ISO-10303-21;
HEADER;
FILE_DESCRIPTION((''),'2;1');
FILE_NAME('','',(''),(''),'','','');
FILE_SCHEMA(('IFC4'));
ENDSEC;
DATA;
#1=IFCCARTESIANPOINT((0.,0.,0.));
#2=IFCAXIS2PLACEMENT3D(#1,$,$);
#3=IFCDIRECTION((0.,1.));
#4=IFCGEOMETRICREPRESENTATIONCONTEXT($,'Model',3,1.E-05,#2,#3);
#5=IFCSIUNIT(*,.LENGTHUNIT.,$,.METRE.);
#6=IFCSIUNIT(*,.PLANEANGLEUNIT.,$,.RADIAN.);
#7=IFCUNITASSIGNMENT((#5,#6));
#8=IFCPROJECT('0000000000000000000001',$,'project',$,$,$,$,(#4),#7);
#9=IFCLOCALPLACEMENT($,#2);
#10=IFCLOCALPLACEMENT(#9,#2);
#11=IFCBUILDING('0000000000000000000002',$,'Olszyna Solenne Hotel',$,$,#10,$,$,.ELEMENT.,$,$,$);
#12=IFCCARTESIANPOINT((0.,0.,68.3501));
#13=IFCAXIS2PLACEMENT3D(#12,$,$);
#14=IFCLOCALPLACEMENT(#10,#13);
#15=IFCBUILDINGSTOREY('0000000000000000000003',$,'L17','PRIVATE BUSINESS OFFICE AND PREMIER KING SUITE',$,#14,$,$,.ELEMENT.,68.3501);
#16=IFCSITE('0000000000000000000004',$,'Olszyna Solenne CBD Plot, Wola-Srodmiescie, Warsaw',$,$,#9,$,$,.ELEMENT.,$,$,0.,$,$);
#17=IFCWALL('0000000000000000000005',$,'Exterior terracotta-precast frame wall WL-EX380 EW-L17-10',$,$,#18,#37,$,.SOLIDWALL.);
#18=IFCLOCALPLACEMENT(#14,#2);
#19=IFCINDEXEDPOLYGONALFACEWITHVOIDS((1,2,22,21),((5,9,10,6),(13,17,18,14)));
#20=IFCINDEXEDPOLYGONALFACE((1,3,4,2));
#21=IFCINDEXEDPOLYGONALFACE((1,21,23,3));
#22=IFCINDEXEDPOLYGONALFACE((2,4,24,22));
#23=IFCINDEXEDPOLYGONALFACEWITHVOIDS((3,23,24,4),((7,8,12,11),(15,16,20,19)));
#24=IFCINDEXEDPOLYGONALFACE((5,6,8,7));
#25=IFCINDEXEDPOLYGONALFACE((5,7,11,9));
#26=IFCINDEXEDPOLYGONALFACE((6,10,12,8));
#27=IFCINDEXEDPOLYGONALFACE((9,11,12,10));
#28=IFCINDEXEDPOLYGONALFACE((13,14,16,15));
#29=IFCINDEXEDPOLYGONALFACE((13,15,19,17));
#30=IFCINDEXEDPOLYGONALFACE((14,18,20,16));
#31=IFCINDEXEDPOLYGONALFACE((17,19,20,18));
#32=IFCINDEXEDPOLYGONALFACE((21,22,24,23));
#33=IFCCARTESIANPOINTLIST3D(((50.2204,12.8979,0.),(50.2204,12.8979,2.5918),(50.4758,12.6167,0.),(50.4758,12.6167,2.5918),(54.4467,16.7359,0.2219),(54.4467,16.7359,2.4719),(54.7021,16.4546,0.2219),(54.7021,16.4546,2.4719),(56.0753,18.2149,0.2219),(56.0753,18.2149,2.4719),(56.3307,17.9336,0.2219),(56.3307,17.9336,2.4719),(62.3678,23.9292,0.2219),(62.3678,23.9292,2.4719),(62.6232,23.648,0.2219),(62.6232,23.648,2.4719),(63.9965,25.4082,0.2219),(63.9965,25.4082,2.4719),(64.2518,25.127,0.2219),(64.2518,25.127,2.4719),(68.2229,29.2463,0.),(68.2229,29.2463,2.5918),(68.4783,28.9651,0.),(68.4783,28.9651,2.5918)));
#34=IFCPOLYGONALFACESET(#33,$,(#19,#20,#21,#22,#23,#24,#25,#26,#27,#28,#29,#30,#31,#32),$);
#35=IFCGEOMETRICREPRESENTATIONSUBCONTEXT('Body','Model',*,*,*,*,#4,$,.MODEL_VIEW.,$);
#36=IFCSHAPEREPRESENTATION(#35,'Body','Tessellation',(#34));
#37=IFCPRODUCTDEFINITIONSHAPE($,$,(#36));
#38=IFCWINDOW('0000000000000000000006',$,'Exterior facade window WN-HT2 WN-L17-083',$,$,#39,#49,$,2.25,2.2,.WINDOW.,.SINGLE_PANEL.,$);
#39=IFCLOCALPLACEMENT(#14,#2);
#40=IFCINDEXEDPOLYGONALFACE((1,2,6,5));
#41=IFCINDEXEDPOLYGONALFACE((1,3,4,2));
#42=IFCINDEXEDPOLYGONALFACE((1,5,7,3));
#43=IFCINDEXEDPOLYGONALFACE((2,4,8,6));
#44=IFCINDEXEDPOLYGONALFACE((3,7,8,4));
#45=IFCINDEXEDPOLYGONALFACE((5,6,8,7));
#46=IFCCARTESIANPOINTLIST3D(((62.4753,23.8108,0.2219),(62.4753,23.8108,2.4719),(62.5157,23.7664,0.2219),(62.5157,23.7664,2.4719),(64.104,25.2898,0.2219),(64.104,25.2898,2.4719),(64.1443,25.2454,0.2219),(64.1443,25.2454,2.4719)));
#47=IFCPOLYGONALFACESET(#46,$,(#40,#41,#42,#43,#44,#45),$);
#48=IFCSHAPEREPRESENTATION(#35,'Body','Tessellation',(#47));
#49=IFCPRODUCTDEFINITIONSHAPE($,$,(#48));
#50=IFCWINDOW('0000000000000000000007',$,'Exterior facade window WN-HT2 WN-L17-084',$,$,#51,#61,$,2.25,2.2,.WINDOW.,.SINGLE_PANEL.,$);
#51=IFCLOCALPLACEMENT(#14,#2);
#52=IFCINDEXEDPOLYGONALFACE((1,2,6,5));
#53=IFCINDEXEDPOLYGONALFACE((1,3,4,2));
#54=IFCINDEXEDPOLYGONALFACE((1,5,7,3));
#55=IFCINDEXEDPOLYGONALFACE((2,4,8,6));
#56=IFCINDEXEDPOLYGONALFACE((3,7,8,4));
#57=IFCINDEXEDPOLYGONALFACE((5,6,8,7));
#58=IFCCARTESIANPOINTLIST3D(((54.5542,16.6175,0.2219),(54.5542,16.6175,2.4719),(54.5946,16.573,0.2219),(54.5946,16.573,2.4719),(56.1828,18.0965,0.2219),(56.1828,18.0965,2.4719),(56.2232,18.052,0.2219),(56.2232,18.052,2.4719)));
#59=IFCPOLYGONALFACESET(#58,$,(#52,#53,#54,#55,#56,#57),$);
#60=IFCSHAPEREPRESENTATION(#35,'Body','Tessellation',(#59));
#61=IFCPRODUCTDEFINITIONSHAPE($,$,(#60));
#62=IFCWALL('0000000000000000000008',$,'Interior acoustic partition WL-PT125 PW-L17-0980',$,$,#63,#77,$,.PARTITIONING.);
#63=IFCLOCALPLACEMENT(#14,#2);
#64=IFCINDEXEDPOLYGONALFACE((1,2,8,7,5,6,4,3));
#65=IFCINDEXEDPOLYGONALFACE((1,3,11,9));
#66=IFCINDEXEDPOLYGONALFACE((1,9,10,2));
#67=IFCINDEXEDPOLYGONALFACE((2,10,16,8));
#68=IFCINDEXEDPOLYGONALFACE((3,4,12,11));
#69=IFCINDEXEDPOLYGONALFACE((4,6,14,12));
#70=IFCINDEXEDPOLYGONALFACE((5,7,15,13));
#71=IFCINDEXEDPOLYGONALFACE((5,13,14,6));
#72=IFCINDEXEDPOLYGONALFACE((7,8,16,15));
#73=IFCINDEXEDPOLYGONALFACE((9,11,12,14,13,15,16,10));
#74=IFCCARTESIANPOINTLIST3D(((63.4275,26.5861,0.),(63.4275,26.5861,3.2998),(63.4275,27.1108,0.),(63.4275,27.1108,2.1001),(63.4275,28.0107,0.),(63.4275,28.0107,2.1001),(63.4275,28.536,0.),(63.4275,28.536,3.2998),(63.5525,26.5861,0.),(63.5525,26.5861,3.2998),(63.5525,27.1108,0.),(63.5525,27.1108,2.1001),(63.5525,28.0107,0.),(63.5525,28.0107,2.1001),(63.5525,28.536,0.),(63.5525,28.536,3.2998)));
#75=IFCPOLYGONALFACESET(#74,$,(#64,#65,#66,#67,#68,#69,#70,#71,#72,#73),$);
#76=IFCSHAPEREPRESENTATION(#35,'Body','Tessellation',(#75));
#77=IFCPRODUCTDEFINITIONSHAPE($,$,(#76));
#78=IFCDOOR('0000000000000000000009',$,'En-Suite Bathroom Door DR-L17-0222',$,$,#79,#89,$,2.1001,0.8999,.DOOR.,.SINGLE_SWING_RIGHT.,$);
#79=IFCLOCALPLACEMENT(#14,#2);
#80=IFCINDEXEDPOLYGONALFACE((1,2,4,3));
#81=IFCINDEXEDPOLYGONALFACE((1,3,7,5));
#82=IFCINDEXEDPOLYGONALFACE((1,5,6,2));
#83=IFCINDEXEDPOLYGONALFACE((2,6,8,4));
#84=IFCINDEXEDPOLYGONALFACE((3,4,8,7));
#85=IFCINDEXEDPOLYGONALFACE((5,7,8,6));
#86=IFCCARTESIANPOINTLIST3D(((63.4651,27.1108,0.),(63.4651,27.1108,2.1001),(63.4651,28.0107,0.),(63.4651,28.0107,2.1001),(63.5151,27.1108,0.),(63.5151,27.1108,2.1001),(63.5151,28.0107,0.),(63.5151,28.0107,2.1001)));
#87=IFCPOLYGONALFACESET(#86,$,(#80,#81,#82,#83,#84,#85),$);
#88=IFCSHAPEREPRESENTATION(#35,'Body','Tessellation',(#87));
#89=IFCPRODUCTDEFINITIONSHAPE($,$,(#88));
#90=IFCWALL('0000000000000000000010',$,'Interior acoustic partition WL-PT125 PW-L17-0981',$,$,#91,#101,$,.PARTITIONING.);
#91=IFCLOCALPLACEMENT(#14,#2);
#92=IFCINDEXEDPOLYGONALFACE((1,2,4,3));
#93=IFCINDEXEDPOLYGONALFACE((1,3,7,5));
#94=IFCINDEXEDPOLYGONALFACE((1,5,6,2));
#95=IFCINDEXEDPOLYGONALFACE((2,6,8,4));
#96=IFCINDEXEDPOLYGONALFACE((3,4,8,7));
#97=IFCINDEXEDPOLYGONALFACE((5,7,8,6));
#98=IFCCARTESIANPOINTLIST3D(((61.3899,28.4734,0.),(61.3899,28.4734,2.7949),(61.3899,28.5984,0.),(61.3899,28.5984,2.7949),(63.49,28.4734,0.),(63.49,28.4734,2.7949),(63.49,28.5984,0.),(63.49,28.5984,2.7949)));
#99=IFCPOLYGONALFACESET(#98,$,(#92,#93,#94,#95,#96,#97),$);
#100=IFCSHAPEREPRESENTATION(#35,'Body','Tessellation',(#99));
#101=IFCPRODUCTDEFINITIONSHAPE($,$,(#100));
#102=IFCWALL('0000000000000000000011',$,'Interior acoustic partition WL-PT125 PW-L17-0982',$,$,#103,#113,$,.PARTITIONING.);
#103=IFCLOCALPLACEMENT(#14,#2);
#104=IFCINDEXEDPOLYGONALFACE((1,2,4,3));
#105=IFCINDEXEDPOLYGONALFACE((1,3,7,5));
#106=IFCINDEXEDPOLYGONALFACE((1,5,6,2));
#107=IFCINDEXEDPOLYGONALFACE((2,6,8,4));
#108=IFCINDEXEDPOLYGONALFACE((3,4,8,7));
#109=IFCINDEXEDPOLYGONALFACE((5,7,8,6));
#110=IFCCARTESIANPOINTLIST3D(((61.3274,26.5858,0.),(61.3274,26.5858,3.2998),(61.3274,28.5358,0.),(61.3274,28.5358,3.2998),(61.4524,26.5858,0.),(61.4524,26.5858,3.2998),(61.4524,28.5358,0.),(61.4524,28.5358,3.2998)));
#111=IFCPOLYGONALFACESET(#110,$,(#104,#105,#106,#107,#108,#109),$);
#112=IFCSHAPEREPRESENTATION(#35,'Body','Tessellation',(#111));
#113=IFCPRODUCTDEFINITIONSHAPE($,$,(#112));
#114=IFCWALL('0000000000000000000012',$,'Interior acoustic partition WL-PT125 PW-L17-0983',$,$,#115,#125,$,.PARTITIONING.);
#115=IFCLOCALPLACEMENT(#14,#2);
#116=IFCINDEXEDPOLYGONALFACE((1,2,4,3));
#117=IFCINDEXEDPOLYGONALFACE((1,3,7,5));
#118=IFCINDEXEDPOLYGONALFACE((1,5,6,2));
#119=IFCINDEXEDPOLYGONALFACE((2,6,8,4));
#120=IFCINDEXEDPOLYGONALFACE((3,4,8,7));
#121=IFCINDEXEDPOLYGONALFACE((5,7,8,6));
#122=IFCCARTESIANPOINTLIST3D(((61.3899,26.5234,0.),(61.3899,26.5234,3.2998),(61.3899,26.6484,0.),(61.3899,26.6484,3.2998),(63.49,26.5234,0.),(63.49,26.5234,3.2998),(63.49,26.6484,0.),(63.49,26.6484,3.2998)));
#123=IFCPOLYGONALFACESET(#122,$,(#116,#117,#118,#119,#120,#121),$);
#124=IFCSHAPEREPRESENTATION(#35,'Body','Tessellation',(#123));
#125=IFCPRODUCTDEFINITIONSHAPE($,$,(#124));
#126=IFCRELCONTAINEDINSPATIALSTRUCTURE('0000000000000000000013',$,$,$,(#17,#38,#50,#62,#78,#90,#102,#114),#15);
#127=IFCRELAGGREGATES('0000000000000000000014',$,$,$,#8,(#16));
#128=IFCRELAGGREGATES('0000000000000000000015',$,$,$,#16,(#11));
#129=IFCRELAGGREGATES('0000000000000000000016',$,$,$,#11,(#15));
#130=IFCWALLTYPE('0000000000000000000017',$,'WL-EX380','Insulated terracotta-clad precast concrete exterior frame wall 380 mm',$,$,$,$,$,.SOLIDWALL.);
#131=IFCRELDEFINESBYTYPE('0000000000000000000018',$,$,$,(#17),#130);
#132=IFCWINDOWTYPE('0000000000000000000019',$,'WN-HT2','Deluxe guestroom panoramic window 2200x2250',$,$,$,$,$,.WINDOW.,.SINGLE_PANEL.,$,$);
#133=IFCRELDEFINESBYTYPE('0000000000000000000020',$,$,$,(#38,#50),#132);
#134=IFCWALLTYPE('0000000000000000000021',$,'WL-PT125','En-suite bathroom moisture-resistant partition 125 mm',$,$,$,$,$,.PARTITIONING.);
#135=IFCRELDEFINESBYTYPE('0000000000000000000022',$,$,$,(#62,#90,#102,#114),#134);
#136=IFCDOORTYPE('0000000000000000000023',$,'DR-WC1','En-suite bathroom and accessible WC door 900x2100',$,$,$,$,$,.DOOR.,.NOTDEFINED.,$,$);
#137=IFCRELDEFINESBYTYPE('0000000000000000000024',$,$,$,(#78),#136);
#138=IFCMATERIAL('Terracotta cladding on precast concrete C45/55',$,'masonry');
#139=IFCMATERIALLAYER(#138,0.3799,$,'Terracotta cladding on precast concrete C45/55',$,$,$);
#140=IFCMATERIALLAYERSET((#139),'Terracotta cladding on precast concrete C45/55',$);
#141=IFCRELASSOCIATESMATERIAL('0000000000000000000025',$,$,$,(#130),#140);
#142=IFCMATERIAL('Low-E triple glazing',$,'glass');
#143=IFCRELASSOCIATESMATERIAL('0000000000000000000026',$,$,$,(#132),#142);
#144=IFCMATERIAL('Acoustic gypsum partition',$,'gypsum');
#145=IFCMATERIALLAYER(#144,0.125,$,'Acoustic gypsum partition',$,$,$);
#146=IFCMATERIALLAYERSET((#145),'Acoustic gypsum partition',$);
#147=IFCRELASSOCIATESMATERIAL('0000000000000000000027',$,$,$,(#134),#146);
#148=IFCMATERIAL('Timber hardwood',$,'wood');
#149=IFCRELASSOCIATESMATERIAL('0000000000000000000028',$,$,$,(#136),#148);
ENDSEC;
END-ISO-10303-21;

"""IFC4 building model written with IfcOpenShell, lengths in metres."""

from ifc_helpers import new_model, si_unit, direction, frame, frame_2d, origin, place, context, subcontext, project, spatial, rectangle, extrude, source, transform, mapped, material, layer, layer_set, type_object, type_shapes, element, fill, save


model = new_model("IFC4")

# Units and contexts
model_context = context("Model", 3, precision=1e-05, world=origin(), true_north=direction((0.0, 1.0)))
body_context = subcontext(model_context, "Body", "Model", "MODEL_VIEW")
ifc_project = project(units=[si_unit("LENGTHUNIT", "METRE"), si_unit("PLANEANGLEUNIT", "RADIAN")], contexts=[model_context])

# Site, building, storey
site_placement = place(None, origin())
site = spatial("IfcSite", under=ifc_project, at=site_placement, Name="Olszyna Solenne CBD Plot, Wola-Srodmiescie, Warsaw", CompositionType="ELEMENT", RefElevation=0.0)
building_placement = place(site_placement, origin())
building = spatial("IfcBuilding", under=site, at=building_placement, Name="Olszyna Solenne Hotel", CompositionType="ELEMENT")
storey_placement = place(building_placement, frame((0.0, 0.0, 68.3501)))
storey = spatial("IfcBuildingStorey", under=building, at=storey_placement, Name="L17", Description="PRIVATE BUSINESS OFFICE AND PREMIER KING SUITE", CompositionType="ELEMENT", Elevation=68.3501)

# Wall, openings, windows
ifc_material_1 = material(Name="Terracotta cladding on precast concrete C45/55", Category="masonry")
ifc_layer_1 = layer(ifc_material_1, 0.3799, Name="Terracotta cladding on precast concrete C45/55")
ifc_layer_set_1 = layer_set([ifc_layer_1], Name="Terracotta cladding on precast concrete C45/55")
wall_type_1 = type_object("IfcWallType", Name="WL-EX380", Description="Insulated terracotta-clad precast concrete exterior frame wall 380 mm", PredefinedType="SOLIDWALL", material=ifc_layer_set_1)
wall_1_placement = place(storey_placement, frame((68.3506, 29.1057, 0.0), z_axis=(0.0, 0.0, 1.0), x_axis=(-0.740297, -0.672279, 0.0)))
wall_1 = element("IfcWall", 1, at=wall_1_placement, inside=storey, type_object=wall_type_1, Name="Exterior terracotta-precast frame wall WL-EX380 EW-L17-10", PredefinedType="SOLIDWALL", context=body_context, shape_type="SweptSolid", body=[
    extrude(rectangle(XDim=24.3179, YDim=0.3799, at=frame_2d((12.1589, 0.0))), origin(), (0.0, 0.0, 1.0), 2.5918),
])
opening_1_placement = place(wall_1_placement, frame((5.709, 0.0, 0.2219)))
opening_1 = element("IfcOpeningElement", 2, at=opening_1_placement, cuts=wall_1, PredefinedType="OPENING", context=body_context, shape_type="SweptSolid", body=[
    extrude(rectangle(XDim=2.2, YDim=2.25, at=frame_2d((1.1001, 1.125))), frame((0.0, 0.2, 0.0), z_axis=(0.0, -1.0, 0.0), x_axis=(1.0, 0.0, 0.0)), (0.0, 0.0, 1.0), 0.3999),
])
opening_2_placement = place(wall_1_placement, frame((16.4089, 0.0, 0.2219)))
opening_2 = element("IfcOpeningElement", 3, at=opening_2_placement, cuts=wall_1, PredefinedType="OPENING", context=body_context, shape_type="SweptSolid", body=[
    extrude(rectangle(XDim=2.2, YDim=2.25, at=frame_2d((1.1001, 1.125))), frame((0.0, 0.2, 0.0), z_axis=(0.0, -1.0, 0.0), x_axis=(1.0, 0.0, 0.0)), (0.0, 0.0, 1.0), 0.3999),
])
ifc_material_2 = material(Name="Low-E triple glazing", Category="glass")
window_type = type_object("IfcWindowType", Name="WN-HT2", Description="Deluxe guestroom panoramic window 2200x2250", PartitioningType="SINGLE_PANEL", PredefinedType="WINDOW", material=ifc_material_2)
shared_shape_1 = source(origin(), body_context, "Body", "SweptSolid", [
    extrude(rectangle(XDim=2.2, YDim=2.25, at=frame_2d((1.1001, 1.125))), frame((0.0, 0.03, 0.0), z_axis=(0.0, -1.0, 0.0), x_axis=(1.0, 0.0, 0.0)), (0.0, 0.0, 1.0), 0.0601),
])
type_shapes(window_type, [shared_shape_1])
window_1_placement = place(opening_1_placement, origin())
window_1 = element("IfcWindow", 4, at=window_1_placement, inside=storey, type_object=window_type, Name="Exterior facade window WN-HT2 WN-L17-083", OverallHeight=2.25, OverallWidth=2.2, PartitioningType="SINGLE_PANEL", PredefinedType="WINDOW", context=body_context, shape_type="MappedRepresentation", body=[
    mapped(shared_shape_1, transform((0.0, 0.0, 0.0), x_axis=(1.0, 0.0, 0.0), y_axis=(0.0, 1.0, 0.0), z_axis=(0.0, 0.0, 1.0), scale=1.0)),
])
fill(opening_1, window_1)
window_2_placement = place(opening_2_placement, origin())
window_2 = element("IfcWindow", 5, at=window_2_placement, inside=storey, type_object=window_type, Name="Exterior facade window WN-HT2 WN-L17-084", OverallHeight=2.25, OverallWidth=2.2, PartitioningType="SINGLE_PANEL", PredefinedType="WINDOW", context=body_context, shape_type="MappedRepresentation", body=[
    mapped(shared_shape_1, transform((0.0, 0.0, 0.0), x_axis=(1.0, 0.0, 0.0), y_axis=(0.0, 1.0, 0.0), z_axis=(0.0, 0.0, 1.0), scale=1.0)),
])
fill(opening_2, window_2)

# Wall, opening, door
ifc_material_3 = material(Name="Acoustic gypsum partition", Category="gypsum")
ifc_layer_2 = layer(ifc_material_3, 0.125, Name="Acoustic gypsum partition")
ifc_layer_set_2 = layer_set([ifc_layer_2], Name="Acoustic gypsum partition")
wall_type_2 = type_object("IfcWallType", Name="WL-PT125", Description="En-suite bathroom moisture-resistant partition 125 mm", PredefinedType="PARTITIONING", material=ifc_layer_set_2)
wall_2_placement = place(storey_placement, frame((63.49, 26.5859, 0.0), z_axis=(0.0, 0.0, 1.0), x_axis=(0.0, 1.0, 0.0)))
wall_2 = element("IfcWall", 6, at=wall_2_placement, inside=storey, type_object=wall_type_2, Name="Interior acoustic partition WL-PT125 PW-L17-0980", PredefinedType="PARTITIONING", context=body_context, shape_type="SweptSolid", body=[
    extrude(rectangle(XDim=1.95, YDim=0.125, at=frame_2d((0.9751, 0.0))), origin(), (0.0, 0.0, 1.0), 3.2998),
])
opening_3_placement = place(wall_2_placement, frame((0.5249, 0.0, 0.0)))
opening_3 = element("IfcOpeningElement", 7, at=opening_3_placement, cuts=wall_2, PredefinedType="OPENING", context=body_context, shape_type="SweptSolid", body=[
    extrude(rectangle(XDim=0.8999, YDim=2.1001, at=frame_2d((0.45, 1.05))), frame((0.0, 0.0725, 0.0), z_axis=(0.0, -1.0, 0.0), x_axis=(1.0, 0.0, 0.0)), (0.0, 0.0, 1.0), 0.145),
])
ifc_material_4 = material(Name="Timber hardwood", Category="wood")
door_type = type_object("IfcDoorType", Name="DR-WC1", Description="En-suite bathroom and accessible WC door 900x2100", OperationType="NOTDEFINED", PredefinedType="DOOR", material=ifc_material_4)
shared_shape_2 = source(origin(), body_context, "Body", "SweptSolid", [
    extrude(rectangle(XDim=0.8999, YDim=2.1001, at=frame_2d((0.45, 1.05))), frame((0.0, 0.0249, 0.0), z_axis=(0.0, -1.0, 0.0), x_axis=(1.0, 0.0, 0.0)), (0.0, 0.0, 1.0), 0.05),
])
type_shapes(door_type, [shared_shape_2])
door_placement = place(opening_3_placement, origin())
door = element("IfcDoor", 8, at=door_placement, inside=storey, type_object=door_type, Name="En-Suite Bathroom Door DR-L17-0222", OperationType="SINGLE_SWING_RIGHT", OverallHeight=2.1001, OverallWidth=0.8999, PredefinedType="DOOR", context=body_context, shape_type="MappedRepresentation", body=[
    mapped(shared_shape_2, transform((0.0, 0.0, 0.0), x_axis=(1.0, 0.0, 0.0), y_axis=(0.0, 1.0, 0.0), z_axis=(0.0, 0.0, 1.0), scale=1.0)),
])
fill(opening_3, door)

# Walls
wall_3_placement = place(storey_placement, frame((63.49, 28.5359, 0.0), z_axis=(0.0, 0.0, 1.0), x_axis=(-1.0, 0.0, 0.0)))
element("IfcWall", 9, at=wall_3_placement, inside=storey, type_object=wall_type_2, Name="Interior acoustic partition WL-PT125 PW-L17-0981", PredefinedType="PARTITIONING", context=body_context, shape_type="SweptSolid", body=[
    extrude(rectangle(XDim=2.1001, YDim=0.125, at=frame_2d((1.05, 0.0))), origin(), (0.0, 0.0, 1.0), 2.7949),
])
wall_4_placement = place(storey_placement, frame((61.3899, 28.5359, 0.0), z_axis=(0.0, 0.0, 1.0), x_axis=(0.0, -1.0, 0.0)))
element("IfcWall", 10, at=wall_4_placement, inside=storey, type_object=wall_type_2, Name="Interior acoustic partition WL-PT125 PW-L17-0982", PredefinedType="PARTITIONING", context=body_context, shape_type="SweptSolid", body=[
    extrude(rectangle(XDim=1.95, YDim=0.125, at=frame_2d((0.9751, 0.0))), origin(), (0.0, 0.0, 1.0), 3.2998),
])
wall_5_placement = place(storey_placement, frame((61.3899, 26.5859, 0.0), z_axis=(0.0, 0.0, 1.0), x_axis=(1.0, 0.0, 0.0)))
element("IfcWall", 11, at=wall_5_placement, inside=storey, type_object=wall_type_2, Name="Interior acoustic partition WL-PT125 PW-L17-0983", PredefinedType="PARTITIONING", context=body_context, shape_type="SweptSolid", body=[
    extrude(rectangle(XDim=2.1001, YDim=0.125, at=frame_2d((1.05, 0.0))), origin(), (0.0, 0.0, 1.0), 3.2998),
])

save(model, "model.ifc")
